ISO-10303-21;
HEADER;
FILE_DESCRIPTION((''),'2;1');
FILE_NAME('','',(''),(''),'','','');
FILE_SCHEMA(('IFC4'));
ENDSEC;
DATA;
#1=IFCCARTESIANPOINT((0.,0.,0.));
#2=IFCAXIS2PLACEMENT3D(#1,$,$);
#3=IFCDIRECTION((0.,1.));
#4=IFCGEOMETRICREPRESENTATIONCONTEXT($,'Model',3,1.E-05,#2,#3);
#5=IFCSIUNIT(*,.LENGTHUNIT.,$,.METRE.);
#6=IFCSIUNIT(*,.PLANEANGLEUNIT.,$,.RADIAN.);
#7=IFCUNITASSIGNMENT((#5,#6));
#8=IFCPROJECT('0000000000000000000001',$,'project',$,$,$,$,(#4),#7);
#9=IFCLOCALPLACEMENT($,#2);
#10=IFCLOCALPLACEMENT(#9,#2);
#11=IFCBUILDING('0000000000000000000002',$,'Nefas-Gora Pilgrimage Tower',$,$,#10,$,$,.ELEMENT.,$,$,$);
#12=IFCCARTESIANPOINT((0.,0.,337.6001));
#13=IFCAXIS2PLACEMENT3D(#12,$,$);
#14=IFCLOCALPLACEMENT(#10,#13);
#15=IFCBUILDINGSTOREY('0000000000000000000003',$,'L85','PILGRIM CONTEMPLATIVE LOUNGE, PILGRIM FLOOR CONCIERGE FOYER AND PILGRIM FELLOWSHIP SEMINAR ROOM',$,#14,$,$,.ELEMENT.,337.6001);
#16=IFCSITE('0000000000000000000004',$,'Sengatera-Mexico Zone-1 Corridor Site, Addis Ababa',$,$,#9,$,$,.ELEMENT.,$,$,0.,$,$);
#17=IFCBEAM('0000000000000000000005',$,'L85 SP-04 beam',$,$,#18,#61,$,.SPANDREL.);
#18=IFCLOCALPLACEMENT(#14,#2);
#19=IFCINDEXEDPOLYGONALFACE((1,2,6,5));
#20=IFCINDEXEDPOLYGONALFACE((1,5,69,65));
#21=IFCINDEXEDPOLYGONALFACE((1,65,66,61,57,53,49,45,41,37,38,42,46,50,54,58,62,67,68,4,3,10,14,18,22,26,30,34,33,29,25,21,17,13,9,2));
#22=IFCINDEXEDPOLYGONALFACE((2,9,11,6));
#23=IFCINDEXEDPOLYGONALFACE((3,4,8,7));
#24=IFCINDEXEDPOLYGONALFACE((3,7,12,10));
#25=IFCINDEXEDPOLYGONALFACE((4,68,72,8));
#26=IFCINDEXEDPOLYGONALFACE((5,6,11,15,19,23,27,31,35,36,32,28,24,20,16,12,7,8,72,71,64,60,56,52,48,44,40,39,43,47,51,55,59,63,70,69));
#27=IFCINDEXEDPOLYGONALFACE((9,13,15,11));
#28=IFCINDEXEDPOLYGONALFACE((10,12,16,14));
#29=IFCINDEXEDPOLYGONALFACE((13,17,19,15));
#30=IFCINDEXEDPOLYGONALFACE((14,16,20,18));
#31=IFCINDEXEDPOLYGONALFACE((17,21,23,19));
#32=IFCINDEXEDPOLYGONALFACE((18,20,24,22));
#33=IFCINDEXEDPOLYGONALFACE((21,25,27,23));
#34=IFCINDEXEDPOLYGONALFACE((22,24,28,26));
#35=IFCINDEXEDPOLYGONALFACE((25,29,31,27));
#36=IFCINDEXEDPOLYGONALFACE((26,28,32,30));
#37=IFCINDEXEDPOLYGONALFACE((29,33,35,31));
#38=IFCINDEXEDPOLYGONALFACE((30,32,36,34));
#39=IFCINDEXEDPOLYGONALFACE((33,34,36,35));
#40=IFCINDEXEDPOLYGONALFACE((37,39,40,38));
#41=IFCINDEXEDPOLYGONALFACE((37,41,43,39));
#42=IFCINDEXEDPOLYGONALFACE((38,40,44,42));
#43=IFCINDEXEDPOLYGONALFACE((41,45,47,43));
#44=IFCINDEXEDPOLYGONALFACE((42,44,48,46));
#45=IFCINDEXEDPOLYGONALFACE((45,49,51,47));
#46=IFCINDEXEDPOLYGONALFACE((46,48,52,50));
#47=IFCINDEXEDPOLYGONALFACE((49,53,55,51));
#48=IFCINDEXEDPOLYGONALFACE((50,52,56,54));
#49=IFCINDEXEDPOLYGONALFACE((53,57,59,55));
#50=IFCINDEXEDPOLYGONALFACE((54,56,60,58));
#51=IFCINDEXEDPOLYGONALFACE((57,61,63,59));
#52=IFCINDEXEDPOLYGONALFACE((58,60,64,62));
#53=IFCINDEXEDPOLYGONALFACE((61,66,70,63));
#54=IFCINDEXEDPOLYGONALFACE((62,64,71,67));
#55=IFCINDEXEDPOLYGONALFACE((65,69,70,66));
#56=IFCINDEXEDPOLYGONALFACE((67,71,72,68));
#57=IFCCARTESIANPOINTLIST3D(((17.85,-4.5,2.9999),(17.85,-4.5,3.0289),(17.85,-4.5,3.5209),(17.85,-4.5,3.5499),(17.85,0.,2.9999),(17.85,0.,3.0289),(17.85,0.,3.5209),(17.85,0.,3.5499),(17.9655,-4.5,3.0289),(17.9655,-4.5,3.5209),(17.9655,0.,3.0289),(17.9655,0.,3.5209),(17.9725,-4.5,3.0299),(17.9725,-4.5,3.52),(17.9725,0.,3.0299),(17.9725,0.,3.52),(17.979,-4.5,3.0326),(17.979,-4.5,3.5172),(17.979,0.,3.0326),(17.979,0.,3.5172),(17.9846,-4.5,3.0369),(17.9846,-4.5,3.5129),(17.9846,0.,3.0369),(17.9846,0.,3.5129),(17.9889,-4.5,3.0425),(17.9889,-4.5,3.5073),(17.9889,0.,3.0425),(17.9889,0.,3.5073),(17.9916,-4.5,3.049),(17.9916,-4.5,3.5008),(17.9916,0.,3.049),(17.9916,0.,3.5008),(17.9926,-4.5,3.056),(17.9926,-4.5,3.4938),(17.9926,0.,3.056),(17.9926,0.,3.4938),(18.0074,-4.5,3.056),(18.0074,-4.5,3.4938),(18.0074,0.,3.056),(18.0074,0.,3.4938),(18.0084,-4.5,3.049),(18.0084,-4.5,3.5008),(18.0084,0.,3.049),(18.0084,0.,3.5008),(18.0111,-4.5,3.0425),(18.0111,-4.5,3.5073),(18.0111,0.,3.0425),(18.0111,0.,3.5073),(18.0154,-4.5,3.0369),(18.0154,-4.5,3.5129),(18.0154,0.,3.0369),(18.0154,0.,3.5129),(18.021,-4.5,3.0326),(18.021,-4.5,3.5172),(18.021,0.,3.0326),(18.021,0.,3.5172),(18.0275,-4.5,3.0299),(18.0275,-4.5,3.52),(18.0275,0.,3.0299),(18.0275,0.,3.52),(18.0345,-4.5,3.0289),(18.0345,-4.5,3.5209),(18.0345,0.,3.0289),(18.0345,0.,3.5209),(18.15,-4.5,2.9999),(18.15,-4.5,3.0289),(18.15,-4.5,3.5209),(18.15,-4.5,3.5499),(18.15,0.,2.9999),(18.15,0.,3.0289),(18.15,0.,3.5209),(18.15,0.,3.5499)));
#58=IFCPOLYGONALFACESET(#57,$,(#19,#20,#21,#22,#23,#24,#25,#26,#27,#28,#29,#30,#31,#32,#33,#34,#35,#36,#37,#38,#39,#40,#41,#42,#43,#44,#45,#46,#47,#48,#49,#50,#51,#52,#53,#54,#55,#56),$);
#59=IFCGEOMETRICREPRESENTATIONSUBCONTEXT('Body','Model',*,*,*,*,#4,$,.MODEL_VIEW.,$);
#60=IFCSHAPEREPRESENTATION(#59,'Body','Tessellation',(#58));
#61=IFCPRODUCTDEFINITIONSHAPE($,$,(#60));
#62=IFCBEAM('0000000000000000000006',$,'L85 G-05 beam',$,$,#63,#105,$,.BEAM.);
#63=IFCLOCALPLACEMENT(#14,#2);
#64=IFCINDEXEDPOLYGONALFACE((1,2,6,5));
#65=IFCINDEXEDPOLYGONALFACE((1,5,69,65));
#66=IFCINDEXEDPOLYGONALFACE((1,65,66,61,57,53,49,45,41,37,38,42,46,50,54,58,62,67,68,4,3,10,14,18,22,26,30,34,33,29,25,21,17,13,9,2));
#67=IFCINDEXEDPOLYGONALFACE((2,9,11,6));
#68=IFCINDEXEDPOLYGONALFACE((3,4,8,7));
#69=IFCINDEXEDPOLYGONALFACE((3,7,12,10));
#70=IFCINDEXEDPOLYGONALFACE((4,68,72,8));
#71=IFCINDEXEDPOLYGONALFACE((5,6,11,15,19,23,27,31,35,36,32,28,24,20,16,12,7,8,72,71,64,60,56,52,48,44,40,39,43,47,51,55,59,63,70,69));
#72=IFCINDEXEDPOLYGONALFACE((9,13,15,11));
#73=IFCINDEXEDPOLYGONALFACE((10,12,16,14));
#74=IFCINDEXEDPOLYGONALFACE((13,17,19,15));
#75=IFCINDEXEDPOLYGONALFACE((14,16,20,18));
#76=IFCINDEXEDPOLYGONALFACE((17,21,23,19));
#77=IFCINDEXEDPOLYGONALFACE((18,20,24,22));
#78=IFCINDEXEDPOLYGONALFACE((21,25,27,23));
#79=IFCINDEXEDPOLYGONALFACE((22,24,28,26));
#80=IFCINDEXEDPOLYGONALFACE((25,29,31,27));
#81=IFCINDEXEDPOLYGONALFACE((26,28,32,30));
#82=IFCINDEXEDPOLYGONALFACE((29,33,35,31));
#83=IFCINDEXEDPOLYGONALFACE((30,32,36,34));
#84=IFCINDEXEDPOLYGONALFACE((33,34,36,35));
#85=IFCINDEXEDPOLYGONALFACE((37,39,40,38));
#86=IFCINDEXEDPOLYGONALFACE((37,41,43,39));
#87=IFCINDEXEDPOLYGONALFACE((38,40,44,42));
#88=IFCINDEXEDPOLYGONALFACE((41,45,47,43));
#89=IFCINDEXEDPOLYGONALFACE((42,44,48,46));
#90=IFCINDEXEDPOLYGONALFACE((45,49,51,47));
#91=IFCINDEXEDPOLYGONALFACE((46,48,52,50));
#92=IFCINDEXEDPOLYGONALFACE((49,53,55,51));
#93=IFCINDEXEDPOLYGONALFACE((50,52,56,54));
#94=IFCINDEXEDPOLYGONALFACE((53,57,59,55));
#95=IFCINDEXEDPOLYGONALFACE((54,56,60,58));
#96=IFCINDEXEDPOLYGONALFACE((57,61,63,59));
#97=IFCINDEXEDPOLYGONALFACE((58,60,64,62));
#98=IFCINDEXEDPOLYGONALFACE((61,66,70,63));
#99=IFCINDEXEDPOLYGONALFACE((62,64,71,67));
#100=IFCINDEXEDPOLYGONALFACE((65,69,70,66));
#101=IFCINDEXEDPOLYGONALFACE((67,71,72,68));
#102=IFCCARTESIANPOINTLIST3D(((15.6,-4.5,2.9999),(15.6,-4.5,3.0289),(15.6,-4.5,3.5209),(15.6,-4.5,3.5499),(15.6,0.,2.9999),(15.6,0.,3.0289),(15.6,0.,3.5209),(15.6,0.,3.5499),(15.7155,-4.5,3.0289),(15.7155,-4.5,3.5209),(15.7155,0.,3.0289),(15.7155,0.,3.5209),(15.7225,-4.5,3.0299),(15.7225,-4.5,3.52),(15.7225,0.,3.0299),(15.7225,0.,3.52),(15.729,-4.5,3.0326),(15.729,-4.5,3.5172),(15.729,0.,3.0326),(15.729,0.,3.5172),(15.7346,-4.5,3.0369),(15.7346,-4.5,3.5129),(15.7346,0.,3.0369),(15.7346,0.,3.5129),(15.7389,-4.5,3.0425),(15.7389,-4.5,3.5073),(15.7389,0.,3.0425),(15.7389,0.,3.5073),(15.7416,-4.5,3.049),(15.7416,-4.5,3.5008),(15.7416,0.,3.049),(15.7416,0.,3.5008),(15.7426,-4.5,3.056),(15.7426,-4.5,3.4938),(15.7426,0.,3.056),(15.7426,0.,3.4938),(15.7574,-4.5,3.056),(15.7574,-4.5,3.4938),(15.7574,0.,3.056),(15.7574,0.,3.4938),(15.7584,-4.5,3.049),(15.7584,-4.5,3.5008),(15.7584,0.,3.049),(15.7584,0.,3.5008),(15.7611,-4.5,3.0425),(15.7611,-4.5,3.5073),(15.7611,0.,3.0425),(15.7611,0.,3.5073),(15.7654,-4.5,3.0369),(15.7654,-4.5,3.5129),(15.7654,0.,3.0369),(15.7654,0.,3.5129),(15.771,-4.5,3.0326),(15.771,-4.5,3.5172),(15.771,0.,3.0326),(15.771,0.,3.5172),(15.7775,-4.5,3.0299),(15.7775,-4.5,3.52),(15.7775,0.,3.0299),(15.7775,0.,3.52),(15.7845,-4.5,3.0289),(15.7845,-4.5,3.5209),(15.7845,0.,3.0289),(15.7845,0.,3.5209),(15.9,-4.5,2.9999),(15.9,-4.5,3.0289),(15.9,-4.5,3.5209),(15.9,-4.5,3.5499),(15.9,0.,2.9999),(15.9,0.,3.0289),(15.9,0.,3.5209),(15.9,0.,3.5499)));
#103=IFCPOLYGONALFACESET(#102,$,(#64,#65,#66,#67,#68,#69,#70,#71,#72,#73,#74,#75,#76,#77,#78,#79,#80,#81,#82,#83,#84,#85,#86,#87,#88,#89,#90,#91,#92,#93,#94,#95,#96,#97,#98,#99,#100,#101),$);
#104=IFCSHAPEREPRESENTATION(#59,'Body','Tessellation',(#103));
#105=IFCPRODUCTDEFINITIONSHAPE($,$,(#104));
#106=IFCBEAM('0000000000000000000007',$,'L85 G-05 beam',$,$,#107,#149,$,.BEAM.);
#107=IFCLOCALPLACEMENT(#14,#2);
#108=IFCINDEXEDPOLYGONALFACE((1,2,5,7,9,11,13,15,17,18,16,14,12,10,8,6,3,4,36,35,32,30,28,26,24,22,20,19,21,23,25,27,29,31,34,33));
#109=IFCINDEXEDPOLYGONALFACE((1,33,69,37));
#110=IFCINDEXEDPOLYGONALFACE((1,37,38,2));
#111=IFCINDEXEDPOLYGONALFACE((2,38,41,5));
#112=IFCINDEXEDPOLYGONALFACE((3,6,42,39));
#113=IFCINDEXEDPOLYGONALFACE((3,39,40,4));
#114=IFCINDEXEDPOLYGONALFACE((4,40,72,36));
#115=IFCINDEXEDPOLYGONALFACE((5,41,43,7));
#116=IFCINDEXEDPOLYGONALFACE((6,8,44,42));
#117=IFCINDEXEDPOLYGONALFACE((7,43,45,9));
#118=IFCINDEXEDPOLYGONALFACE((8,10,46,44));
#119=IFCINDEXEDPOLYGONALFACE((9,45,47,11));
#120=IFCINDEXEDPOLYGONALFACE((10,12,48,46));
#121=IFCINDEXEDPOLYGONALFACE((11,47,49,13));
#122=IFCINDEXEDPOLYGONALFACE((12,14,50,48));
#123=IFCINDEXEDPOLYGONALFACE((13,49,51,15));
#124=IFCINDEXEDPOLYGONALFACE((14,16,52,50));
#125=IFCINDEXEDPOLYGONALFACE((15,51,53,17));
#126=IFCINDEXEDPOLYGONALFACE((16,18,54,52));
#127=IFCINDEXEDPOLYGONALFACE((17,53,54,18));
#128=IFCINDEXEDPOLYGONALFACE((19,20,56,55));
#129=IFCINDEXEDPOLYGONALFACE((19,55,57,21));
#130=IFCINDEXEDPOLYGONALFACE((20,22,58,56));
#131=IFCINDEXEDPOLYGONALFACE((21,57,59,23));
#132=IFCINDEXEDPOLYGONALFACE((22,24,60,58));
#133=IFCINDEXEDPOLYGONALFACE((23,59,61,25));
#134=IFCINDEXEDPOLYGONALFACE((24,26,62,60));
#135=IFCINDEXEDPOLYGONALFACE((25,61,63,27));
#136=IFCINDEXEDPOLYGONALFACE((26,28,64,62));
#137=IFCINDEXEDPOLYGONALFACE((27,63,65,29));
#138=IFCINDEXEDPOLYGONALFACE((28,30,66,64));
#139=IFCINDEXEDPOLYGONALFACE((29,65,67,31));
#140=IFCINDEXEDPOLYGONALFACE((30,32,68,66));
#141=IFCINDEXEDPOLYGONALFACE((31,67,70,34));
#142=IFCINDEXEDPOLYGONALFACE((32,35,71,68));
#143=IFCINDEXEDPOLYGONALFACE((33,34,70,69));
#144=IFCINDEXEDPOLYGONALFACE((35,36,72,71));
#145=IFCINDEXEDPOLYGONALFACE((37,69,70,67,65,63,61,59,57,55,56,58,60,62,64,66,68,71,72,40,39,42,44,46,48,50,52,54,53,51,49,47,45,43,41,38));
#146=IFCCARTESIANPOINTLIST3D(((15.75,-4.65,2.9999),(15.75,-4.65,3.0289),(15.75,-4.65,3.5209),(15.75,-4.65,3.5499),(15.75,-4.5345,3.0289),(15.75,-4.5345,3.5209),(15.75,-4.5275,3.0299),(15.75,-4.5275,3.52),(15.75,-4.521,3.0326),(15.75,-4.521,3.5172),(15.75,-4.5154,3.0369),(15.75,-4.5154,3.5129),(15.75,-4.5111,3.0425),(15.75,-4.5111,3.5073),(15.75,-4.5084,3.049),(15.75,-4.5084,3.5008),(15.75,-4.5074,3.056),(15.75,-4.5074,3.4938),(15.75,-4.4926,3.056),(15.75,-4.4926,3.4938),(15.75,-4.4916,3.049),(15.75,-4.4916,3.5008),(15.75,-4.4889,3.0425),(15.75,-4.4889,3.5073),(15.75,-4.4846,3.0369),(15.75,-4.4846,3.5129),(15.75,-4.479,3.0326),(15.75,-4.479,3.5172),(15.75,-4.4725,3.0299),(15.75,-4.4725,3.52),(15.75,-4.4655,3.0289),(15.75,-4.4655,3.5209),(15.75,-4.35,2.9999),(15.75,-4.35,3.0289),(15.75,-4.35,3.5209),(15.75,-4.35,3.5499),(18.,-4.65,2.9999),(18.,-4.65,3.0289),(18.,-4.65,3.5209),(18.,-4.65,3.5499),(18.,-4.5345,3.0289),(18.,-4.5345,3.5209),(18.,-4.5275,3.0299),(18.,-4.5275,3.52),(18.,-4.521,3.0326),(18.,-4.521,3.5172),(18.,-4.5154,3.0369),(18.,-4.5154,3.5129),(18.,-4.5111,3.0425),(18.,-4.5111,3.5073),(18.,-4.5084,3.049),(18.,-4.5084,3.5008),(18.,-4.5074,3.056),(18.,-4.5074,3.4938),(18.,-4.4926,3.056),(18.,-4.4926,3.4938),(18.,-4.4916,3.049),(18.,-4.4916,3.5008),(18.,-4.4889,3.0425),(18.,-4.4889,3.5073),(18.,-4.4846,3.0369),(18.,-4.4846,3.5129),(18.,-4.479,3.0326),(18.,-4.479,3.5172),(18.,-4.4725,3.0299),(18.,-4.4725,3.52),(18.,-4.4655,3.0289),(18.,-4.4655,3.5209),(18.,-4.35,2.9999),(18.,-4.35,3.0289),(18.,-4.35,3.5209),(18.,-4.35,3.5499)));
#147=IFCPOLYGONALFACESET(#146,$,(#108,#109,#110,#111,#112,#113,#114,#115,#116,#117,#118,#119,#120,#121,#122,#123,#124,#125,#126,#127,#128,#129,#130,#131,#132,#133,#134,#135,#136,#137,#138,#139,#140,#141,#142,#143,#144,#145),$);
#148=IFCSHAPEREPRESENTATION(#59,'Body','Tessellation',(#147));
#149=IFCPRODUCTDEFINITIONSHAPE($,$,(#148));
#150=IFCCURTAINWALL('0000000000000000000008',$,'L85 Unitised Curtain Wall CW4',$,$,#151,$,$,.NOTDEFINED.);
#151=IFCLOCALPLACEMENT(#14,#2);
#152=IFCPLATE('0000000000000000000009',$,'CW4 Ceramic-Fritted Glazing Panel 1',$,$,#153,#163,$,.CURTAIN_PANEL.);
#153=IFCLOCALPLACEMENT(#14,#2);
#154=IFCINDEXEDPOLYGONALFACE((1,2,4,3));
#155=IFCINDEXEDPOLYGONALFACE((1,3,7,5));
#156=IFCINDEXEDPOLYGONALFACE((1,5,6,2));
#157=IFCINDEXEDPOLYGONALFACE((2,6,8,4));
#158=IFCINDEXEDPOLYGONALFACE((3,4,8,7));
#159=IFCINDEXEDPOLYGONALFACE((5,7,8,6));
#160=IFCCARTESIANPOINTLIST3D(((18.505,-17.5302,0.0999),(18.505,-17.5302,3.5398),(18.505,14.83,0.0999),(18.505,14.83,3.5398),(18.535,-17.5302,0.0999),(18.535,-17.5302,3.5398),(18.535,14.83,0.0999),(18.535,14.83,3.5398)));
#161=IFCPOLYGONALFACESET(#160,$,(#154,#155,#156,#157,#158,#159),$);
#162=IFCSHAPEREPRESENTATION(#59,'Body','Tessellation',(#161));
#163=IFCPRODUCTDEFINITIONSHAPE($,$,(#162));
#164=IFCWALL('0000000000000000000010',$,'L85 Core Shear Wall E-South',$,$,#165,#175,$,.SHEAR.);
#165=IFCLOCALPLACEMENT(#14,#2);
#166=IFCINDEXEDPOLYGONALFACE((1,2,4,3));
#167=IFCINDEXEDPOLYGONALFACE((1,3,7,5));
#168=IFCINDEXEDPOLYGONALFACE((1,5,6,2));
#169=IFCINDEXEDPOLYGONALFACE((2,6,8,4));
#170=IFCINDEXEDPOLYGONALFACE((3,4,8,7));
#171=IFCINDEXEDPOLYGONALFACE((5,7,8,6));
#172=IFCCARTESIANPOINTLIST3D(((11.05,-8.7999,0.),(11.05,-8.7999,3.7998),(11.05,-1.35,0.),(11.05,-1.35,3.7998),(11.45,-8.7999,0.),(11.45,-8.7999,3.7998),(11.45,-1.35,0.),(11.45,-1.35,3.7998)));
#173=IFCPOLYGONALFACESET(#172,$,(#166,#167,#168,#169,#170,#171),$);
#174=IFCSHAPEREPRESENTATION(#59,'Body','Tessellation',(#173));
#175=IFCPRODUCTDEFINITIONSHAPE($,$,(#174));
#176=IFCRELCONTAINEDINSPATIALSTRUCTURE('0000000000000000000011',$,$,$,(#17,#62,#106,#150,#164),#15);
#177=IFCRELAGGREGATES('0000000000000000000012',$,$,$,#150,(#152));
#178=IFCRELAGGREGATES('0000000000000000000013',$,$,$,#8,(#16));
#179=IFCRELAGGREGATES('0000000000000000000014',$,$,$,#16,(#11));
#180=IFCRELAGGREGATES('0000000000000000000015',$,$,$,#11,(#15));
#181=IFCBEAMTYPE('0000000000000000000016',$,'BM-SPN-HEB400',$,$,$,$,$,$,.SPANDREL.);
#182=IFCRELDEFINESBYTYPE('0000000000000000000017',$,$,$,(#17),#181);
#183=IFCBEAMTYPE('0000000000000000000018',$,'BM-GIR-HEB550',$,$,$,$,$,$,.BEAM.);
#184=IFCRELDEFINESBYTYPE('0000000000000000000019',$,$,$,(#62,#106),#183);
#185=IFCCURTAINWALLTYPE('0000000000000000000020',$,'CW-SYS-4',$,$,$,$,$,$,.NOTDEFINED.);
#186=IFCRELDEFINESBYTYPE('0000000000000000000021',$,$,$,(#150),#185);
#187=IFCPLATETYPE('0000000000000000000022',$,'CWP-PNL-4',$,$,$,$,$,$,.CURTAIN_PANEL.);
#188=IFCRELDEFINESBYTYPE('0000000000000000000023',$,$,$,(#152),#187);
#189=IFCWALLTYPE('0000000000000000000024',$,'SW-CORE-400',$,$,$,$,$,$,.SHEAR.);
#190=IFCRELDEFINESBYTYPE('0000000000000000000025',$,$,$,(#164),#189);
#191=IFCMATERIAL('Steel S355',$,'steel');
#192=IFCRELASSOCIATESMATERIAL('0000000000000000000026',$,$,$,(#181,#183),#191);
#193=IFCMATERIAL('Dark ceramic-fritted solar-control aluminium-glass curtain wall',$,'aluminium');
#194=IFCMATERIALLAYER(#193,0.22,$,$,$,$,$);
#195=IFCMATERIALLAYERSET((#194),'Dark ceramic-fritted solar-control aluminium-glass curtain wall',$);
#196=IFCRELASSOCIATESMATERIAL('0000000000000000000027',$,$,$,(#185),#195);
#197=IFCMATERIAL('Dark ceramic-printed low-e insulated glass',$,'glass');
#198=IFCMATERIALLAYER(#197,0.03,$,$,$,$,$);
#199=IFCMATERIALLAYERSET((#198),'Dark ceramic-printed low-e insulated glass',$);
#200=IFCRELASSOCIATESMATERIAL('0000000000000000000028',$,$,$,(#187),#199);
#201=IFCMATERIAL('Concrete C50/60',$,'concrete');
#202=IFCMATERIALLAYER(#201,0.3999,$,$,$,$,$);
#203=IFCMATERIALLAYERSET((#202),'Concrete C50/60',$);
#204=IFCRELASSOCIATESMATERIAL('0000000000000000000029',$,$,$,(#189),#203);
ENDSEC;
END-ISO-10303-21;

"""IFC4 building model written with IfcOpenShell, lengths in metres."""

from ifc_helpers import new_model, si_unit, direction, frame, frame_2d, origin, origin_2d, place, context, subcontext, project, spatial, rectangle, i_section, extrude, source, transform, mapped, material, layer, layer_set, material_profile, profile_set, type_object, element, aggregate, save


model = new_model("IFC4")

# Units and contexts
model_context = context("Model", 3, precision=1e-05, world=origin(), true_north=direction((0.0, 1.0)))
body_context = subcontext(model_context, "Body", "Model", "MODEL_VIEW")
ifc_project = project(units=[si_unit("LENGTHUNIT", "METRE"), si_unit("PLANEANGLEUNIT", "RADIAN")], contexts=[model_context])

# Site, building, storey
site_placement = place(None, origin())
site = spatial("IfcSite", under=ifc_project, at=site_placement, Name="Sengatera-Mexico Zone-1 Corridor Site, Addis Ababa", CompositionType="ELEMENT", RefElevation=0.0)
building_placement = place(site_placement, origin())
building = spatial("IfcBuilding", under=site, at=building_placement, Name="Nefas-Gora Pilgrimage Tower", CompositionType="ELEMENT")
storey_placement = place(building_placement, frame((0.0, 0.0, 337.6001)))
storey = spatial("IfcBuildingStorey", under=building, at=storey_placement, Name="L85", Description="PILGRIM CONTEMPLATIVE LOUNGE, PILGRIM FLOOR CONCIERGE FOYER AND PILGRIM FELLOWSHIP SEMINAR ROOM", CompositionType="ELEMENT", Elevation=337.6001)

# Shared definitions
ifc_material_1 = material(Name="Steel S355", Category="steel")

# Beams
ifc_material_2 = material(Name="Concrete C50/60", Category="concrete")
ifc_material_profile_1 = material_profile(ifc_material_1, i_section(OverallWidth=0.3, OverallDepth=0.55, WebThickness=0.0149, FlangeThickness=0.0291, FilletRadius=0.0271, at=origin_2d()), Name="HEB 550")
ifc_profile_set_1 = profile_set([ifc_material_profile_1], Name="Steel S355")
beam_type_1 = type_object("IfcBeamType", Name="BM-SPN-HEB400", PredefinedType="SPANDREL", material=ifc_profile_set_1)
shared_shape_1 = source(origin(), body_context, "Body", "SweptSolid", [
    extrude(i_section(OverallWidth=0.3, OverallDepth=0.55, WebThickness=0.0149, FlangeThickness=0.0291, FilletRadius=0.0271, at=origin_2d()), origin(), (0.0, 0.0, 1.0), 4.5),
])
for number, where, z_axis, x_axis, name in (
    (1, (18.0, -4.5, 3.2749), (0.0, 1.0, 0.0), (-1.0, 0.0, 0.0), "L85 SP-04 beam"),
):
    element("IfcBeam", number, at=place(storey_placement, frame(where, z_axis=z_axis, x_axis=x_axis)), inside=storey, type_object=beam_type_1, Name=name, PredefinedType="SPANDREL", context=body_context, shape_type="MappedRepresentation", body=[
        mapped(shared_shape_1, transform((0.0, 0.0, 0.0), x_axis=(1.0, 0.0, 0.0), y_axis=(0.0, 1.0, 0.0), z_axis=(0.0, 0.0, 1.0), scale=1.0)),
    ])
ifc_material_profile_2 = material_profile(ifc_material_1, i_section(OverallWidth=0.3, OverallDepth=0.55, WebThickness=0.0149, FlangeThickness=0.0291, FilletRadius=0.0271, at=origin_2d()), Name="HEB 550")
ifc_profile_set_2 = profile_set([ifc_material_profile_2], Name="Steel S355")
beam_type_2 = type_object("IfcBeamType", Name="BM-GIR-HEB550", PredefinedType="BEAM", material=ifc_profile_set_2)
shared_shape_2 = source(origin(), body_context, "Body", "SweptSolid", [
    extrude(i_section(OverallWidth=0.3, OverallDepth=0.55, WebThickness=0.0149, FlangeThickness=0.0291, FilletRadius=0.0271, at=origin_2d()), origin(), (0.0, 0.0, 1.0), 4.5),
])
beam_1_placement = place(storey_placement, frame((15.75, -4.5, 3.2749), z_axis=(0.0, 1.0, 0.0), x_axis=(-1.0, 0.0, 0.0)))
element("IfcBeam", 2, at=beam_1_placement, inside=storey, type_object=beam_type_2, Name="L85 G-05 beam", PredefinedType="BEAM", context=body_context, shape_type="MappedRepresentation", body=[
    mapped(shared_shape_2, transform((0.0, 0.0, 0.0), x_axis=(1.0, 0.0, 0.0), y_axis=(0.0, 1.0, 0.0), z_axis=(0.0, 0.0, 1.0), scale=1.0)),
])
shared_shape_3 = source(origin(), body_context, "Body", "SweptSolid", [
    extrude(i_section(OverallWidth=0.3, OverallDepth=0.55, WebThickness=0.0149, FlangeThickness=0.0291, FilletRadius=0.0271, at=origin_2d()), origin(), (0.0, 0.0, 1.0), 2.25),
])
beam_2_placement = place(storey_placement, frame((15.75, -4.5, 3.2749), z_axis=(1.0, 0.0, 0.0), x_axis=(0.0, 1.0, 0.0)))
element("IfcBeam", 3, at=beam_2_placement, inside=storey, type_object=beam_type_2, Name="L85 G-05 beam", PredefinedType="BEAM", context=body_context, shape_type="MappedRepresentation", body=[
    mapped(shared_shape_3, transform((0.0, 0.0, 0.0), x_axis=(1.0, 0.0, 0.0), y_axis=(0.0, 1.0, 0.0), z_axis=(0.0, 0.0, 1.0), scale=1.0)),
])

# Curtain wall, plate
ifc_material_3 = material(Name="Dark ceramic-fritted solar-control aluminium-glass curtain wall", Category="aluminium")
ifc_layer_1 = layer(ifc_material_3, 0.22)
ifc_layer_set_1 = layer_set([ifc_layer_1], Name="Dark ceramic-fritted solar-control aluminium-glass curtain wall")
curtain_wall_type = type_object("IfcCurtainWallType", Name="CW-SYS-4", PredefinedType="NOTDEFINED", material=ifc_layer_set_1)
curtain_wall_placement = place(storey_placement, origin())
curtain_wall = element("IfcCurtainWall", 4, at=curtain_wall_placement, inside=storey, type_object=curtain_wall_type, Name="L85 Unitised Curtain Wall CW4", PredefinedType="NOTDEFINED")
ifc_material_4 = material(Name="Dark ceramic-printed low-e insulated glass", Category="glass")
ifc_layer_2 = layer(ifc_material_4, 0.03)
ifc_layer_set_2 = layer_set([ifc_layer_2], Name="Dark ceramic-printed low-e insulated glass")
plate_type = type_object("IfcPlateType", Name="CWP-PNL-4", PredefinedType="CURTAIN_PANEL", material=ifc_layer_set_2)
shared_shape_4 = source(origin(), body_context, "Body", "SweptSolid", [
    extrude(rectangle(XDim=32.3601, YDim=0.03, at=origin_2d()), origin(), (0.0, 0.0, 1.0), 3.4399),
])
plate_placement = place(storey_placement, frame((18.52, -1.3501, 0.0999), z_axis=(0.0, 0.0, 1.0), x_axis=(0.0, 1.0, 0.0)))
plate = element("IfcPlate", 5, at=plate_placement, type_object=plate_type, Name="CW4 Ceramic-Fritted Glazing Panel 1", PredefinedType="CURTAIN_PANEL", context=body_context, shape_type="MappedRepresentation", body=[
    mapped(shared_shape_4, transform((0.0, 0.0, 0.0), x_axis=(1.0, 0.0, 0.0), y_axis=(0.0, 1.0, 0.0), z_axis=(0.0, 0.0, 1.0), scale=1.0)),
])
aggregate(curtain_wall, [plate])

# Wall
ifc_layer_3 = layer(ifc_material_2, 0.3999)
ifc_layer_set_3 = layer_set([ifc_layer_3], Name="Concrete C50/60")
wall_type_1 = type_object("IfcWallType", Name="SW-CORE-400", PredefinedType="SHEAR", material=ifc_layer_set_3)
shared_shape_5 = source(origin(), body_context, "Body", "SweptSolid", [
    extrude(rectangle(XDim=7.45, YDim=0.3999, at=frame_2d((3.7251, 0.0))), origin(), (0.0, 0.0, 1.0), 3.7998),
])
wall_1_placement = place(storey_placement, frame((11.25, -8.8, 0.0), z_axis=(0.0, 0.0, 1.0), x_axis=(0.0, 1.0, 0.0)))
element("IfcWall", 6, at=wall_1_placement, inside=storey, type_object=wall_type_1, Name="L85 Core Shear Wall E-South", PredefinedType="SHEAR", context=body_context, shape_type="MappedRepresentation", body=[
    mapped(shared_shape_5, transform((0.0, 0.0, 0.0), x_axis=(1.0, 0.0, 0.0), y_axis=(0.0, 1.0, 0.0), z_axis=(0.0, 0.0, 1.0), scale=1.0)),
])

save(model, "model.ifc")
